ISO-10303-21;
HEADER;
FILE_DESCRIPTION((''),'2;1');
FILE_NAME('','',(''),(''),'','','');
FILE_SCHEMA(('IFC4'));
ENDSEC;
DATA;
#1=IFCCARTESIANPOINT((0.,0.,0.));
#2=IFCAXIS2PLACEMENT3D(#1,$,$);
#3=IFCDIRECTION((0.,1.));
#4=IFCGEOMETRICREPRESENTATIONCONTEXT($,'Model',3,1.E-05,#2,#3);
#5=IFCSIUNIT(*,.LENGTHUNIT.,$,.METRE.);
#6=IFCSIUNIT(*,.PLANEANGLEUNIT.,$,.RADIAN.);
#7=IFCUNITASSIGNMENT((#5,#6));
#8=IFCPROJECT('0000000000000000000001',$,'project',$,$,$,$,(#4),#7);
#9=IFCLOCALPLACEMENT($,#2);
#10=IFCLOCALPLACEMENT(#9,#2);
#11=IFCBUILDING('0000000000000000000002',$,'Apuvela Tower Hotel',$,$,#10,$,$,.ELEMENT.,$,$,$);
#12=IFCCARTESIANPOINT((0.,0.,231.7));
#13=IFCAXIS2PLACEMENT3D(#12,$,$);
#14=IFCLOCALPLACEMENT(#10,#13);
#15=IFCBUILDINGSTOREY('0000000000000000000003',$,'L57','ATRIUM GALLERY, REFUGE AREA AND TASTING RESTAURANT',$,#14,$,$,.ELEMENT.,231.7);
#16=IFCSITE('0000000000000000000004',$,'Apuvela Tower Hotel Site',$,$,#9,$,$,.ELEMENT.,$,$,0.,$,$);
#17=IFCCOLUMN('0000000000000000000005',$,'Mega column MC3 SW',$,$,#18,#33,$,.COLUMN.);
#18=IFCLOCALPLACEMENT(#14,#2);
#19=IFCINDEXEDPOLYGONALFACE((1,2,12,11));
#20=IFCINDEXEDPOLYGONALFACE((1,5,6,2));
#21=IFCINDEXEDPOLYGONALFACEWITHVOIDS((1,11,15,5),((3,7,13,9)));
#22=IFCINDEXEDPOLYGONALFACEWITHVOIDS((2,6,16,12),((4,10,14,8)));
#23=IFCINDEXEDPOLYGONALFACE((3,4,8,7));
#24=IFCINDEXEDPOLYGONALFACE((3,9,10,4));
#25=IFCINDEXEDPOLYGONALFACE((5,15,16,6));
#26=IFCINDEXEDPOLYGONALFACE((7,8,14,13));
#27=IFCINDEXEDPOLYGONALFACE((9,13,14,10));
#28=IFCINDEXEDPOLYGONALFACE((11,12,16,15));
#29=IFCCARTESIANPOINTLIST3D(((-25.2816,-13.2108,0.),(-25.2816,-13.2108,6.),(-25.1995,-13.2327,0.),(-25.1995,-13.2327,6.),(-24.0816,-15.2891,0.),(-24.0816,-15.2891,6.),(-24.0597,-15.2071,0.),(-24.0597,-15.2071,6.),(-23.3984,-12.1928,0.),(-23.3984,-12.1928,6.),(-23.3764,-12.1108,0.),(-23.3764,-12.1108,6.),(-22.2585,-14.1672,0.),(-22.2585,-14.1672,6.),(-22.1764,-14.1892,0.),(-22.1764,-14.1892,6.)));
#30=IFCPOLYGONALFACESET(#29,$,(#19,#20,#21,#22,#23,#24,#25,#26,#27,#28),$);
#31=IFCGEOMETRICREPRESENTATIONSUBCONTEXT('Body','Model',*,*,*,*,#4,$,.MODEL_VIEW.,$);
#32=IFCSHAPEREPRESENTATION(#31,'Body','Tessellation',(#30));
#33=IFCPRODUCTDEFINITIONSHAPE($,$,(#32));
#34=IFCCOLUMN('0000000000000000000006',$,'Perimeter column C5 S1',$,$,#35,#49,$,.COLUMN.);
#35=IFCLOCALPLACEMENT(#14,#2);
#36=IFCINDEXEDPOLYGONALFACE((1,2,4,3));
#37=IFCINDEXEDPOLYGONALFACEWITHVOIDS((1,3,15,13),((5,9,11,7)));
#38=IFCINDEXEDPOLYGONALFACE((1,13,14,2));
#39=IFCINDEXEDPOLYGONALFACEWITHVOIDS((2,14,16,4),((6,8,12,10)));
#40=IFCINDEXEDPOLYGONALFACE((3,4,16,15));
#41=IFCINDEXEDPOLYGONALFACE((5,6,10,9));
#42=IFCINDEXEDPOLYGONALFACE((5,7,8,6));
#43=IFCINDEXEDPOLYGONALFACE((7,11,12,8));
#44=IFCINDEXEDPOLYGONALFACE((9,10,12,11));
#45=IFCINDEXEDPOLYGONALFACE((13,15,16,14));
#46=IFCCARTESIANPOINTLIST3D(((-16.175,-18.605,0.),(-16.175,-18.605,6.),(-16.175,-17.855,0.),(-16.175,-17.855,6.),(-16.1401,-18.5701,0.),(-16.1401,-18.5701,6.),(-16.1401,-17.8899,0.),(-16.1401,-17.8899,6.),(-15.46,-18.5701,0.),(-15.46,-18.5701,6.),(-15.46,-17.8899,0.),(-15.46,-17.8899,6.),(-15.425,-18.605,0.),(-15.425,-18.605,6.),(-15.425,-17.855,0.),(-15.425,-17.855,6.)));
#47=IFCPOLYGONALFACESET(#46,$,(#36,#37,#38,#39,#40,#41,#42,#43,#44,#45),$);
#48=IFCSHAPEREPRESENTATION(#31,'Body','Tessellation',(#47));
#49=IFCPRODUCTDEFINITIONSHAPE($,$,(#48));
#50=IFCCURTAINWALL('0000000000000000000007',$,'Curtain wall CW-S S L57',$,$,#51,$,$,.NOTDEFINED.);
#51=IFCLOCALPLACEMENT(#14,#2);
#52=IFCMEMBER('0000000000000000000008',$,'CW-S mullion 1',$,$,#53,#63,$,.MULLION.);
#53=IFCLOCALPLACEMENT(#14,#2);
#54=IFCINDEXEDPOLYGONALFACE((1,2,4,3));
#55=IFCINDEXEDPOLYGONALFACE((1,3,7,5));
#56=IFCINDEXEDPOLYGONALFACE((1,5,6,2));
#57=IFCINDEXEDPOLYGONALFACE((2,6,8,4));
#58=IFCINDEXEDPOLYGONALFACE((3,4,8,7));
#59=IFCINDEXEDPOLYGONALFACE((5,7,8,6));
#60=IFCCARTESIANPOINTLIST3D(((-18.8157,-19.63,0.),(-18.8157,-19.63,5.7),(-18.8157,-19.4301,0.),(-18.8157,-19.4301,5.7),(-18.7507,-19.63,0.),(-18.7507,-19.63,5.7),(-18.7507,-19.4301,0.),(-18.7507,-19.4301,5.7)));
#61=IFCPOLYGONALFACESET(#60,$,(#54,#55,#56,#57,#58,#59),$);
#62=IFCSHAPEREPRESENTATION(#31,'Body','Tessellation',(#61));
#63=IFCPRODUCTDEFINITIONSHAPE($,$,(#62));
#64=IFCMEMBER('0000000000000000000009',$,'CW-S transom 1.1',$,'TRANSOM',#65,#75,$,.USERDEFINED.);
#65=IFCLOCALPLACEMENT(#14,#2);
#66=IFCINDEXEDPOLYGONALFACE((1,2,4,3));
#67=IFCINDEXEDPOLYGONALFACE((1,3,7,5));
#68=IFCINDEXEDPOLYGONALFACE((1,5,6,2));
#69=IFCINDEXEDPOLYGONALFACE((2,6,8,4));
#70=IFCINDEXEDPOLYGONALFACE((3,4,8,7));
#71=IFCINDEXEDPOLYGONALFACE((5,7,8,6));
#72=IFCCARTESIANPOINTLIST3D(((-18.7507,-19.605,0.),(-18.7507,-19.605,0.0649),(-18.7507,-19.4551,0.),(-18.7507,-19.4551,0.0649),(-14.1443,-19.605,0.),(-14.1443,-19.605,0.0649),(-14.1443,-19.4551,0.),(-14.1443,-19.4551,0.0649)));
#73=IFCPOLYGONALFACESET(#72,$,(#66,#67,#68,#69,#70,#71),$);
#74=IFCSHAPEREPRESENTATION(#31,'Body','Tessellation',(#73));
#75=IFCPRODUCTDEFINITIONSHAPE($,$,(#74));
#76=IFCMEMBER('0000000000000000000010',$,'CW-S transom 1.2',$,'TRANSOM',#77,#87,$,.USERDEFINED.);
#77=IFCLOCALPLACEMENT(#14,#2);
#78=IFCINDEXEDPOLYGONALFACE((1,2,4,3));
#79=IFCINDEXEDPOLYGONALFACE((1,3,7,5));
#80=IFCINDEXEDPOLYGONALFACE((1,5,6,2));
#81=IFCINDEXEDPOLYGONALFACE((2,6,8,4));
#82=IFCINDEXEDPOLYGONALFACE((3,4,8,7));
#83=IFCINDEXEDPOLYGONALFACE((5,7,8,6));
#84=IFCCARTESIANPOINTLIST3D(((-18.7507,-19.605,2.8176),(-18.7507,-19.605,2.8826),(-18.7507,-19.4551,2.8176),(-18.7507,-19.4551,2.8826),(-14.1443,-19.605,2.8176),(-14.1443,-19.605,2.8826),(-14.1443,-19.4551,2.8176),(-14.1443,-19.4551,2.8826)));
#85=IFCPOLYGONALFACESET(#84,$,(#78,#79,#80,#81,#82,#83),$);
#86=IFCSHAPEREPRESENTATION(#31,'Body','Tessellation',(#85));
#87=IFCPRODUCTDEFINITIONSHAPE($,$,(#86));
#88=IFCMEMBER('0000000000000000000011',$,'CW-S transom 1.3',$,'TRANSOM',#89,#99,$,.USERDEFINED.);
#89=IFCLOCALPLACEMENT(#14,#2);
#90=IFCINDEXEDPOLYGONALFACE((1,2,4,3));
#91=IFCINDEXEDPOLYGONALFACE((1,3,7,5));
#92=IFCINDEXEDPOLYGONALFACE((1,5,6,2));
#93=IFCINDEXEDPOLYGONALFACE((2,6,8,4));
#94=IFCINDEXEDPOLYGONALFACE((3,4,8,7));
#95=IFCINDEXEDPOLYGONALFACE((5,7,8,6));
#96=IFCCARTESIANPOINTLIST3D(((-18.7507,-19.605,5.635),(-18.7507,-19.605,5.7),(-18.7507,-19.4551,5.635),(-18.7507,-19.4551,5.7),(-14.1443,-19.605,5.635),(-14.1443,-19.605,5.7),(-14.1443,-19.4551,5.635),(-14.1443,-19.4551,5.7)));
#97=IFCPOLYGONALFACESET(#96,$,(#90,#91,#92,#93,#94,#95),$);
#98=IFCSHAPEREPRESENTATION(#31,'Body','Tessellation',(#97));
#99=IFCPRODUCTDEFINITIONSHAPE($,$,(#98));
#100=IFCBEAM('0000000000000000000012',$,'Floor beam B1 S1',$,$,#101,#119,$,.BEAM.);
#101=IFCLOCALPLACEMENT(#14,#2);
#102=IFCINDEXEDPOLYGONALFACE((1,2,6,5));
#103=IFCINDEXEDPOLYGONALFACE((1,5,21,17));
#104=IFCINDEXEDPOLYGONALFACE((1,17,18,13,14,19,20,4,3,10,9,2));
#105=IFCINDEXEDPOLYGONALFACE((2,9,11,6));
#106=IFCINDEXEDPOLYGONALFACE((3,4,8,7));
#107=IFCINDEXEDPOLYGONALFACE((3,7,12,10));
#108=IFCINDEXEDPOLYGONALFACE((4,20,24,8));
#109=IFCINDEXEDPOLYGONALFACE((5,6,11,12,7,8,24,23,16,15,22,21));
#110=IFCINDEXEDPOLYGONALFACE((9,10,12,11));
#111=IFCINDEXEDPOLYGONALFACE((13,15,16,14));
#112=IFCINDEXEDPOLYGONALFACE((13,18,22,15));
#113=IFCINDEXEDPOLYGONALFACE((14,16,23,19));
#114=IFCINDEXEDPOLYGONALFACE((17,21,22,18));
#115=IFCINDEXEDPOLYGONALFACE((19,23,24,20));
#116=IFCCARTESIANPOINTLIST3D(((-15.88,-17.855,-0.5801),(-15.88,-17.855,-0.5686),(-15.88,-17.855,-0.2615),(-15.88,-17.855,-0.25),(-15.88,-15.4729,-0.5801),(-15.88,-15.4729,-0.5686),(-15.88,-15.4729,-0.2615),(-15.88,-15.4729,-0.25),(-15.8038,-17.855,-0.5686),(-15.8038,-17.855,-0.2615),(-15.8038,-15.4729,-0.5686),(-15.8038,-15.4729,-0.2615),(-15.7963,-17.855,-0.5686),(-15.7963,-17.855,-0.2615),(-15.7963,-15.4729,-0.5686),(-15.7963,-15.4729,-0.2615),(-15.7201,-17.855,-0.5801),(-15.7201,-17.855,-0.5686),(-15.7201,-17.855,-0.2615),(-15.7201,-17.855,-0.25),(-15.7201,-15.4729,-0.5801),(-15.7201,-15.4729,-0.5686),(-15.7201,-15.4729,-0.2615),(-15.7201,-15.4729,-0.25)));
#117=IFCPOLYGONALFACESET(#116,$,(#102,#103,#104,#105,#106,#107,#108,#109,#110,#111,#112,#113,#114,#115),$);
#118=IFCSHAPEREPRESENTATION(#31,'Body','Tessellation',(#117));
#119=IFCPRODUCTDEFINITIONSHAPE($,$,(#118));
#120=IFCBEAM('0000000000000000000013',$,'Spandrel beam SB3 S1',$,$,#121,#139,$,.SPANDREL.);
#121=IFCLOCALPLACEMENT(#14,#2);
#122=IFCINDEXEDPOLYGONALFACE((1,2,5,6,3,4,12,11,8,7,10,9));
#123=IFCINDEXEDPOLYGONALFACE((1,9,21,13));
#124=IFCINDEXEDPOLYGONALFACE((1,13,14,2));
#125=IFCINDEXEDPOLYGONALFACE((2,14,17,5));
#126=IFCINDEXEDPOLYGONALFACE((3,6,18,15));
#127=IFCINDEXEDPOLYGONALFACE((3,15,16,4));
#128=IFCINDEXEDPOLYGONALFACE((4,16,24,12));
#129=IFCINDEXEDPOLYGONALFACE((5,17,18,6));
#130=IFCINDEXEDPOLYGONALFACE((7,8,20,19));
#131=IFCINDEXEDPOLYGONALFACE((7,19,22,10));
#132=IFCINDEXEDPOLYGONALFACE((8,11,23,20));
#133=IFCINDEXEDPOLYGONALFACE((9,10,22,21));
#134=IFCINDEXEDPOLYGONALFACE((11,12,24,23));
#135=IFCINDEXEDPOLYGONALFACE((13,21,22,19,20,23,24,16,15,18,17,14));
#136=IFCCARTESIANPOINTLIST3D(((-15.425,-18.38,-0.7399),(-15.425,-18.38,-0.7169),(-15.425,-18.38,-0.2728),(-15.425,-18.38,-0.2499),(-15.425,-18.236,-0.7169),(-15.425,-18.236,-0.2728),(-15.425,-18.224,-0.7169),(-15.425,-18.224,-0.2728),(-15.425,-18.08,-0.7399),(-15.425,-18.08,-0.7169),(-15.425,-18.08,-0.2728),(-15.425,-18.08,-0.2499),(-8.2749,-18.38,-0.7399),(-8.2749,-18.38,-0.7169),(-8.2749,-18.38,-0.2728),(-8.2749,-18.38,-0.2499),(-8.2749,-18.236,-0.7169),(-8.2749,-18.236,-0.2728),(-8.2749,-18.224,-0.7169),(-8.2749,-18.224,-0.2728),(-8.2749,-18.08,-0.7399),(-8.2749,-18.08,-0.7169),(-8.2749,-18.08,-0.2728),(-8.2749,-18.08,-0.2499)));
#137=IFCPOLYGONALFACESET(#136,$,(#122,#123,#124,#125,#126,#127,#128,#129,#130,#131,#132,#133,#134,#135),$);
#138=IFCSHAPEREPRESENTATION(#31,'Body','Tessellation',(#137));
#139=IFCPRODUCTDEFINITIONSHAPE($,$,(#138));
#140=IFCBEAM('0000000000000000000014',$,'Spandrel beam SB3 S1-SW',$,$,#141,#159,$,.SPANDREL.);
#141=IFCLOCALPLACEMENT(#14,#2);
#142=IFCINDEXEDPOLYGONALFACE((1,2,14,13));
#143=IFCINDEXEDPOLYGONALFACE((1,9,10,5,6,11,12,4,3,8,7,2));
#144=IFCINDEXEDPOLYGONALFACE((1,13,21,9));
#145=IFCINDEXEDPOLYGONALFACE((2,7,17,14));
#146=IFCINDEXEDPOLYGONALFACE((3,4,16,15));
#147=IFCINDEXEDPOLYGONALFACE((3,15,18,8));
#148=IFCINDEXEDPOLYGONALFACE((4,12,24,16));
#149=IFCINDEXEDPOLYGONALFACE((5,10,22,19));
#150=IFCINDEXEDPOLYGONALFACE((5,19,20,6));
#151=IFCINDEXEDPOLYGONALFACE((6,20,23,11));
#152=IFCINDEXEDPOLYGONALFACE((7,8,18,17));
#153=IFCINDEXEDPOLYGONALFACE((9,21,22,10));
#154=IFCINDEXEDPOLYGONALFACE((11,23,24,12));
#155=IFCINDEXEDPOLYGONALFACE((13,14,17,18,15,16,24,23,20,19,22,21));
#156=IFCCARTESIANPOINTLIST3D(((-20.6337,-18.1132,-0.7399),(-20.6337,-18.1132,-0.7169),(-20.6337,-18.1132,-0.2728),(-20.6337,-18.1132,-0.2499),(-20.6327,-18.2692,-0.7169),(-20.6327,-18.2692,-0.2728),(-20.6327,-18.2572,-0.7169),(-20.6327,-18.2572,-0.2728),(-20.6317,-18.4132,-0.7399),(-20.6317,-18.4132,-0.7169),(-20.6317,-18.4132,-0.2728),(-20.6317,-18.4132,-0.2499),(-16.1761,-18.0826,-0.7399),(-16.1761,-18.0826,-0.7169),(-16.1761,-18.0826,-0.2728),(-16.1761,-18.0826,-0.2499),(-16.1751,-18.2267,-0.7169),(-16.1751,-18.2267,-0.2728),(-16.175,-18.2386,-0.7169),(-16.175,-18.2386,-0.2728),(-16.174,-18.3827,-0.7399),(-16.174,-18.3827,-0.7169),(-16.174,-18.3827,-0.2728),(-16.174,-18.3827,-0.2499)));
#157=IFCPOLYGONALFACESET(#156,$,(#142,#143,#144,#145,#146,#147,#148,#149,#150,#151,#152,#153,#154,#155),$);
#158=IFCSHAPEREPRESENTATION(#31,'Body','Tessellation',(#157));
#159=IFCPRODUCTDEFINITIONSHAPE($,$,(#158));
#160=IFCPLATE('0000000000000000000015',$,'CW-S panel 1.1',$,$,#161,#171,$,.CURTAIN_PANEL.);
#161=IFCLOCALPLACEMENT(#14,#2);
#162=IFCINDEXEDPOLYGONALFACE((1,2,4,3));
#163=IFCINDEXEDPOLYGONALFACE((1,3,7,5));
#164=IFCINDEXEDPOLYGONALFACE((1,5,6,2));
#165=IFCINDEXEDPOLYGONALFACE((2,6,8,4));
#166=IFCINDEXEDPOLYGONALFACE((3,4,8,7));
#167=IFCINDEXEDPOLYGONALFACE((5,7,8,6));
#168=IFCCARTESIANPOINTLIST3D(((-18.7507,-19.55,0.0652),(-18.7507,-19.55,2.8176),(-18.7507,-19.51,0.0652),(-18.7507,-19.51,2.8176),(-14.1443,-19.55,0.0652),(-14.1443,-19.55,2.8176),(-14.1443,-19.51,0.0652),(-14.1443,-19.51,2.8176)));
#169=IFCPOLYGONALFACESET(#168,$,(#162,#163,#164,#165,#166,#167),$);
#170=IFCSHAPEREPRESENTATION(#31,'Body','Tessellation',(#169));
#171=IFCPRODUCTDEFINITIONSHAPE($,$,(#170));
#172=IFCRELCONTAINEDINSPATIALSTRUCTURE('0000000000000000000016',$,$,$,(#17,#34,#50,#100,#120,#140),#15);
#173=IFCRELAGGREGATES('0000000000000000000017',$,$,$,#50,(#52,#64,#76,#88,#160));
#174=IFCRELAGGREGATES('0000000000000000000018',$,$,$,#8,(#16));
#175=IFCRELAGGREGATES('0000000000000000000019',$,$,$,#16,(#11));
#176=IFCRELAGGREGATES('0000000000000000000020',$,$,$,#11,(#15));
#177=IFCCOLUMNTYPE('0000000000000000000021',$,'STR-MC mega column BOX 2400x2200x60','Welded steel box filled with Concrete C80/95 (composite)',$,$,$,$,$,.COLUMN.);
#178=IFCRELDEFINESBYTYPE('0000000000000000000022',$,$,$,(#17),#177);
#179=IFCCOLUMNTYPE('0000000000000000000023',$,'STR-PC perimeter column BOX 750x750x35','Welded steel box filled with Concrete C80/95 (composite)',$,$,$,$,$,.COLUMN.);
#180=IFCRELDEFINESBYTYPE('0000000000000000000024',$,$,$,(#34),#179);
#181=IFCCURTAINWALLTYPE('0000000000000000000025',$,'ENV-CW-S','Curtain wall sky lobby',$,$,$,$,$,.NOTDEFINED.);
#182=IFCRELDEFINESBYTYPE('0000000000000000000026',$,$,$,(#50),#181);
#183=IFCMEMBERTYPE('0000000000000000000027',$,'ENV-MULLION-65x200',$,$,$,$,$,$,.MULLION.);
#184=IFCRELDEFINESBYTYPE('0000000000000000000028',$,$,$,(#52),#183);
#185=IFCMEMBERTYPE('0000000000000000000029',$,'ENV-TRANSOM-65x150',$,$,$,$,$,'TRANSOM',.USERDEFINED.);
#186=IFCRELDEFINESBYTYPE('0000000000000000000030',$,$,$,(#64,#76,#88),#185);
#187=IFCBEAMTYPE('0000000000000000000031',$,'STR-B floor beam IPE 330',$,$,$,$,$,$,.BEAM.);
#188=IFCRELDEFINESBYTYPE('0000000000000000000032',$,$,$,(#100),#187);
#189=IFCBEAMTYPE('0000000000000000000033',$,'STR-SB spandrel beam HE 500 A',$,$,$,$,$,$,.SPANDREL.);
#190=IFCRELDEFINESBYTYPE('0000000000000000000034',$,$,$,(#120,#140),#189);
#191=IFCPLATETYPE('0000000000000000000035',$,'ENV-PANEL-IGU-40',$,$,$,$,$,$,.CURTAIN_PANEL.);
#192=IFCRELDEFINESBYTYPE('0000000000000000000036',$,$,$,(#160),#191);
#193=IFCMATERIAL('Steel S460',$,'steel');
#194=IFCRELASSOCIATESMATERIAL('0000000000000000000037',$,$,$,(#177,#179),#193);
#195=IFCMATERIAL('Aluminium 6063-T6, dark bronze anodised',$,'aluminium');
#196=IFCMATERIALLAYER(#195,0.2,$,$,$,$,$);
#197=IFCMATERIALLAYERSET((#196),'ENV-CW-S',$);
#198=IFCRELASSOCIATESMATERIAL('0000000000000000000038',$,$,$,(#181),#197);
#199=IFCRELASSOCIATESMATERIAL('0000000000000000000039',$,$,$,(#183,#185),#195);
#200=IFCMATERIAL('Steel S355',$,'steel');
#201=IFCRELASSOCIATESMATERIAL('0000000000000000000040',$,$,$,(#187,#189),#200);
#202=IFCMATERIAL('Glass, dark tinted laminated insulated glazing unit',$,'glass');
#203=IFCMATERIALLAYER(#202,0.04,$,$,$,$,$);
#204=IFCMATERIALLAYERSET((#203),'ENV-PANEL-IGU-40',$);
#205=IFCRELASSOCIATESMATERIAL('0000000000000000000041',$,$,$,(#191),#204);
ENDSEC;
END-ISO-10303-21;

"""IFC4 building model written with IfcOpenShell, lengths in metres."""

from ifc_helpers import new_model, si_unit, direction, frame, origin, origin_2d, place, context, subcontext, project, spatial, rectangle, hollow_rectangle, i_section, extrude, material, layer, layer_set, material_profile, profile_set, type_object, element, aggregate, save


model = new_model("IFC4")

# Units and contexts
model_context = context("Model", 3, precision=1e-05, world=origin(), true_north=direction((0.0, 1.0)))
body_context = subcontext(model_context, "Body", "Model", "MODEL_VIEW")
ifc_project = project(units=[si_unit("LENGTHUNIT", "METRE"), si_unit("PLANEANGLEUNIT", "RADIAN")], contexts=[model_context])

# Site, building, storey
site_placement = place(None, origin())
site = spatial("IfcSite", under=ifc_project, at=site_placement, Name="Apuvela Tower Hotel Site", CompositionType="ELEMENT", RefElevation=0.0)
building_placement = place(site_placement, origin())
building = spatial("IfcBuilding", under=site, at=building_placement, Name="Apuvela Tower Hotel", CompositionType="ELEMENT")
storey_placement = place(building_placement, frame((0.0, 0.0, 231.7)))
storey = spatial("IfcBuildingStorey", under=building, at=storey_placement, Name="L57", Description="ATRIUM GALLERY, REFUGE AREA AND TASTING RESTAURANT", CompositionType="ELEMENT", Elevation=231.7)

# Columns
ifc_material_1 = material(Name="Steel S460", Category="steel")
ifc_material_profile_1 = material_profile(ifc_material_1, hollow_rectangle(XDim=2.3999, YDim=2.2, WallThickness=0.0601, at=origin_2d()), Name="BOX 2400x2200x60")
ifc_material_2 = material(Name="Concrete C80/95", Category="concrete")
ifc_material_profile_2 = material_profile(ifc_material_2, rectangle(XDim=2.28, YDim=2.0801, at=origin_2d()), Name="Concrete C80/95 infill")
ifc_profile_set_1 = profile_set([ifc_material_profile_1, ifc_material_profile_2], Name="Steel S460")
column_type_1 = type_object("IfcColumnType", Name="STR-MC mega column BOX 2400x2200x60", Description="Welded steel box filled with Concrete C80/95 (composite)", PredefinedType="COLUMN", material=ifc_profile_set_1)
column_1_placement = place(storey_placement, frame((-23.729, -13.7, 0.0), z_axis=(0.0, 0.0, 1.0), x_axis=(-0.5, 0.866025, 0.0)))
element("IfcColumn", 1, at=column_1_placement, inside=storey, type_object=column_type_1, Name="Mega column MC3 SW", PredefinedType="COLUMN", context=body_context, shape_type="SweptSolid", body=[
    extrude(hollow_rectangle(XDim=2.3999, YDim=2.2, WallThickness=0.0601, at=origin_2d()), origin(), (0.0, 0.0, 1.0), 6.0),
])
ifc_material_profile_3 = material_profile(ifc_material_1, hollow_rectangle(XDim=0.75, YDim=0.75, WallThickness=0.0349, at=origin_2d()), Name="BOX 750x750x35")
ifc_material_profile_4 = material_profile(ifc_material_2, rectangle(XDim=0.6799, YDim=0.6799, at=origin_2d()), Name="Concrete C80/95 infill")
ifc_profile_set_2 = profile_set([ifc_material_profile_3, ifc_material_profile_4], Name="Steel S460")
column_type_2 = type_object("IfcColumnType", Name="STR-PC perimeter column BOX 750x750x35", Description="Welded steel box filled with Concrete C80/95 (composite)", PredefinedType="COLUMN", material=ifc_profile_set_2)
column_2_placement = place(storey_placement, frame((-15.8, -18.23, 0.0), z_axis=(0.0, 0.0, 1.0), x_axis=(-1.0, 0.0, 0.0)))
element("IfcColumn", 2, at=column_2_placement, inside=storey, type_object=column_type_2, Name="Perimeter column C5 S1", PredefinedType="COLUMN", context=body_context, shape_type="SweptSolid", body=[
    extrude(hollow_rectangle(XDim=0.75, YDim=0.75, WallThickness=0.0349, at=origin_2d()), origin(), (0.0, 0.0, 1.0), 6.0),
])

# Curtain wall, members
ifc_material_3 = material(Name="Aluminium 6063-T6, dark bronze anodised", Category="aluminium")
ifc_layer_1 = layer(ifc_material_3, 0.2)
ifc_layer_set_1 = layer_set([ifc_layer_1], Name="ENV-CW-S")
curtain_wall_type = type_object("IfcCurtainWallType", Name="ENV-CW-S", Description="Curtain wall sky lobby", PredefinedType="NOTDEFINED", material=ifc_layer_set_1)
curtain_wall_placement = place(storey_placement, origin())
curtain_wall = element("IfcCurtainWall", 3, at=curtain_wall_placement, inside=storey, type_object=curtain_wall_type, Name="Curtain wall CW-S S L57", PredefinedType="NOTDEFINED")
ifc_material_profile_5 = material_profile(ifc_material_3, rectangle(XDim=0.2, YDim=0.0649, at=origin_2d()), Name="AL 65x200")
ifc_profile_set_3 = profile_set([ifc_material_profile_5], Name="Aluminium 6063-T6, dark bronze anodised")
member_type_1 = type_object("IfcMemberType", Name="ENV-MULLION-65x200", PredefinedType="MULLION", material=ifc_profile_set_3)
member_1_placement = place(storey_placement, frame((-18.7832, -19.53, 0.0), z_axis=(0.0, 0.0, 1.0), x_axis=(0.0, 1.0, 0.0)))
member_1 = element("IfcMember", 4, at=member_1_placement, type_object=member_type_1, Name="CW-S mullion 1", PredefinedType="MULLION", context=body_context, shape_type="SweptSolid", body=[
    extrude(rectangle(XDim=0.2, YDim=0.0649, at=origin_2d()), origin(), (0.0, 0.0, 1.0), 5.7),
])
ifc_material_profile_6 = material_profile(ifc_material_3, rectangle(XDim=0.1499, YDim=0.0649, at=origin_2d()), Name="AL 65x150 transom")
ifc_profile_set_4 = profile_set([ifc_material_profile_6], Name="Aluminium 6063-T6, dark bronze anodised")
member_type_2 = type_object("IfcMemberType", Name="ENV-TRANSOM-65x150", ElementType="TRANSOM", PredefinedType="USERDEFINED", material=ifc_profile_set_4)
member_2_placement = place(storey_placement, frame((-18.7507, -19.53, 0.0325), z_axis=(1.0, 0.0, 0.0), x_axis=(0.0, 1.0, 0.0)))
member_2 = element("IfcMember", 5, at=member_2_placement, type_object=member_type_2, Name="CW-S transom 1.1", ObjectType="TRANSOM", PredefinedType="USERDEFINED", context=body_context, shape_type="SweptSolid", body=[
    extrude(rectangle(XDim=0.1499, YDim=0.0649, at=origin_2d()), origin(), (0.0, 0.0, 1.0), 4.6064),
])
member_3_placement = place(storey_placement, frame((-18.7507, -19.53, 2.8501), z_axis=(1.0, 0.0, 0.0), x_axis=(0.0, 1.0, 0.0)))
member_3 = element("IfcMember", 6, at=member_3_placement, type_object=member_type_2, Name="CW-S transom 1.2", ObjectType="TRANSOM", PredefinedType="USERDEFINED", context=body_context, shape_type="SweptSolid", body=[
    extrude(rectangle(XDim=0.1499, YDim=0.0649, at=origin_2d()), origin(), (0.0, 0.0, 1.0), 4.6064),
])
member_4_placement = place(storey_placement, frame((-18.7507, -19.53, 5.6675), z_axis=(1.0, 0.0, 0.0), x_axis=(0.0, 1.0, 0.0)))
member_4 = element("IfcMember", 7, at=member_4_placement, type_object=member_type_2, Name="CW-S transom 1.3", ObjectType="TRANSOM", PredefinedType="USERDEFINED", context=body_context, shape_type="SweptSolid", body=[
    extrude(rectangle(XDim=0.1499, YDim=0.0649, at=origin_2d()), origin(), (0.0, 0.0, 1.0), 4.6064),
])

# Beams
ifc_material_4 = material(Name="Steel S355", Category="steel")
ifc_material_profile_7 = material_profile(ifc_material_4, i_section(OverallWidth=0.1599, OverallDepth=0.3301, WebThickness=0.0076, FlangeThickness=0.0115, at=origin_2d()), Name="IPE 330")
ifc_profile_set_5 = profile_set([ifc_material_profile_7], Name="Steel S355")
beam_type_1 = type_object("IfcBeamType", Name="STR-B floor beam IPE 330", PredefinedType="BEAM", material=ifc_profile_set_5)
beam_1_placement = place(storey_placement, frame((-15.8, -17.855, -0.415), z_axis=(0.0, 1.0, 0.0), x_axis=(-1.0, 0.0, 0.0)))
element("IfcBeam", 8, at=beam_1_placement, inside=storey, type_object=beam_type_1, Name="Floor beam B1 S1", PredefinedType="BEAM", context=body_context, shape_type="SweptSolid", body=[
    extrude(i_section(OverallWidth=0.1599, OverallDepth=0.3301, WebThickness=0.0076, FlangeThickness=0.0115, at=origin_2d()), origin(), (0.0, 0.0, 1.0), 2.3821),
])
ifc_material_profile_8 = material_profile(ifc_material_4, i_section(OverallWidth=0.3, OverallDepth=0.49, WebThickness=0.012, FlangeThickness=0.0229, at=origin_2d()), Name="HE 500 A")
ifc_profile_set_6 = profile_set([ifc_material_profile_8], Name="Steel S355")
beam_type_2 = type_object("IfcBeamType", Name="STR-SB spandrel beam HE 500 A", PredefinedType="SPANDREL", material=ifc_profile_set_6)
beam_2_placement = place(storey_placement, frame((-15.425, -18.23, -0.4949), z_axis=(1.0, 0.0, 0.0), x_axis=(0.0, 1.0, 0.0)))
element("IfcBeam", 9, at=beam_2_placement, inside=storey, type_object=beam_type_2, Name="Spandrel beam SB3 S1", PredefinedType="SPANDREL", context=body_context, shape_type="SweptSolid", body=[
    extrude(i_section(OverallWidth=0.3, OverallDepth=0.49, WebThickness=0.012, FlangeThickness=0.0229, at=origin_2d()), origin(), (0.0, 0.0, 1.0), 7.1501),
])
beam_3_placement = place(storey_placement, frame((-16.175, -18.2327, -0.4949), z_axis=(-0.999977, -0.006846, 0.0), x_axis=(0.006846, -0.999977, 0.0)))
element("IfcBeam", 10, at=beam_3_placement, inside=storey, type_object=beam_type_2, Name="Spandrel beam SB3 S1-SW", PredefinedType="SPANDREL", context=body_context, shape_type="SweptSolid", body=[
    extrude(i_section(OverallWidth=0.3, OverallDepth=0.49, WebThickness=0.012, FlangeThickness=0.0229, at=origin_2d()), origin(), (0.0, 0.0, 1.0), 4.4578),
])

# Plate
ifc_material_5 = material(Name="Glass, dark tinted laminated insulated glazing unit", Category="glass")
ifc_layer_2 = layer(ifc_material_5, 0.04)
ifc_layer_set_2 = layer_set([ifc_layer_2], Name="ENV-PANEL-IGU-40")
plate_type = type_object("IfcPlateType", Name="ENV-PANEL-IGU-40", PredefinedType="CURTAIN_PANEL", material=ifc_layer_set_2)
plate_1_placement = place(storey_placement, frame((-16.4475, -19.53, 0.0652), z_axis=(0.0, 0.0, 1.0), x_axis=(1.0, 0.0, 0.0)))
plate_1 = element("IfcPlate", 11, at=plate_1_placement, type_object=plate_type, Name="CW-S panel 1.1", PredefinedType="CURTAIN_PANEL", context=body_context, shape_type="SweptSolid", body=[
    extrude(rectangle(XDim=4.6064, YDim=0.04, at=origin_2d()), origin(), (0.0, 0.0, 1.0), 2.7524),
])
aggregate(curtain_wall, [member_1, member_2, member_3, member_4, plate_1])

save(model, "model.ifc")
